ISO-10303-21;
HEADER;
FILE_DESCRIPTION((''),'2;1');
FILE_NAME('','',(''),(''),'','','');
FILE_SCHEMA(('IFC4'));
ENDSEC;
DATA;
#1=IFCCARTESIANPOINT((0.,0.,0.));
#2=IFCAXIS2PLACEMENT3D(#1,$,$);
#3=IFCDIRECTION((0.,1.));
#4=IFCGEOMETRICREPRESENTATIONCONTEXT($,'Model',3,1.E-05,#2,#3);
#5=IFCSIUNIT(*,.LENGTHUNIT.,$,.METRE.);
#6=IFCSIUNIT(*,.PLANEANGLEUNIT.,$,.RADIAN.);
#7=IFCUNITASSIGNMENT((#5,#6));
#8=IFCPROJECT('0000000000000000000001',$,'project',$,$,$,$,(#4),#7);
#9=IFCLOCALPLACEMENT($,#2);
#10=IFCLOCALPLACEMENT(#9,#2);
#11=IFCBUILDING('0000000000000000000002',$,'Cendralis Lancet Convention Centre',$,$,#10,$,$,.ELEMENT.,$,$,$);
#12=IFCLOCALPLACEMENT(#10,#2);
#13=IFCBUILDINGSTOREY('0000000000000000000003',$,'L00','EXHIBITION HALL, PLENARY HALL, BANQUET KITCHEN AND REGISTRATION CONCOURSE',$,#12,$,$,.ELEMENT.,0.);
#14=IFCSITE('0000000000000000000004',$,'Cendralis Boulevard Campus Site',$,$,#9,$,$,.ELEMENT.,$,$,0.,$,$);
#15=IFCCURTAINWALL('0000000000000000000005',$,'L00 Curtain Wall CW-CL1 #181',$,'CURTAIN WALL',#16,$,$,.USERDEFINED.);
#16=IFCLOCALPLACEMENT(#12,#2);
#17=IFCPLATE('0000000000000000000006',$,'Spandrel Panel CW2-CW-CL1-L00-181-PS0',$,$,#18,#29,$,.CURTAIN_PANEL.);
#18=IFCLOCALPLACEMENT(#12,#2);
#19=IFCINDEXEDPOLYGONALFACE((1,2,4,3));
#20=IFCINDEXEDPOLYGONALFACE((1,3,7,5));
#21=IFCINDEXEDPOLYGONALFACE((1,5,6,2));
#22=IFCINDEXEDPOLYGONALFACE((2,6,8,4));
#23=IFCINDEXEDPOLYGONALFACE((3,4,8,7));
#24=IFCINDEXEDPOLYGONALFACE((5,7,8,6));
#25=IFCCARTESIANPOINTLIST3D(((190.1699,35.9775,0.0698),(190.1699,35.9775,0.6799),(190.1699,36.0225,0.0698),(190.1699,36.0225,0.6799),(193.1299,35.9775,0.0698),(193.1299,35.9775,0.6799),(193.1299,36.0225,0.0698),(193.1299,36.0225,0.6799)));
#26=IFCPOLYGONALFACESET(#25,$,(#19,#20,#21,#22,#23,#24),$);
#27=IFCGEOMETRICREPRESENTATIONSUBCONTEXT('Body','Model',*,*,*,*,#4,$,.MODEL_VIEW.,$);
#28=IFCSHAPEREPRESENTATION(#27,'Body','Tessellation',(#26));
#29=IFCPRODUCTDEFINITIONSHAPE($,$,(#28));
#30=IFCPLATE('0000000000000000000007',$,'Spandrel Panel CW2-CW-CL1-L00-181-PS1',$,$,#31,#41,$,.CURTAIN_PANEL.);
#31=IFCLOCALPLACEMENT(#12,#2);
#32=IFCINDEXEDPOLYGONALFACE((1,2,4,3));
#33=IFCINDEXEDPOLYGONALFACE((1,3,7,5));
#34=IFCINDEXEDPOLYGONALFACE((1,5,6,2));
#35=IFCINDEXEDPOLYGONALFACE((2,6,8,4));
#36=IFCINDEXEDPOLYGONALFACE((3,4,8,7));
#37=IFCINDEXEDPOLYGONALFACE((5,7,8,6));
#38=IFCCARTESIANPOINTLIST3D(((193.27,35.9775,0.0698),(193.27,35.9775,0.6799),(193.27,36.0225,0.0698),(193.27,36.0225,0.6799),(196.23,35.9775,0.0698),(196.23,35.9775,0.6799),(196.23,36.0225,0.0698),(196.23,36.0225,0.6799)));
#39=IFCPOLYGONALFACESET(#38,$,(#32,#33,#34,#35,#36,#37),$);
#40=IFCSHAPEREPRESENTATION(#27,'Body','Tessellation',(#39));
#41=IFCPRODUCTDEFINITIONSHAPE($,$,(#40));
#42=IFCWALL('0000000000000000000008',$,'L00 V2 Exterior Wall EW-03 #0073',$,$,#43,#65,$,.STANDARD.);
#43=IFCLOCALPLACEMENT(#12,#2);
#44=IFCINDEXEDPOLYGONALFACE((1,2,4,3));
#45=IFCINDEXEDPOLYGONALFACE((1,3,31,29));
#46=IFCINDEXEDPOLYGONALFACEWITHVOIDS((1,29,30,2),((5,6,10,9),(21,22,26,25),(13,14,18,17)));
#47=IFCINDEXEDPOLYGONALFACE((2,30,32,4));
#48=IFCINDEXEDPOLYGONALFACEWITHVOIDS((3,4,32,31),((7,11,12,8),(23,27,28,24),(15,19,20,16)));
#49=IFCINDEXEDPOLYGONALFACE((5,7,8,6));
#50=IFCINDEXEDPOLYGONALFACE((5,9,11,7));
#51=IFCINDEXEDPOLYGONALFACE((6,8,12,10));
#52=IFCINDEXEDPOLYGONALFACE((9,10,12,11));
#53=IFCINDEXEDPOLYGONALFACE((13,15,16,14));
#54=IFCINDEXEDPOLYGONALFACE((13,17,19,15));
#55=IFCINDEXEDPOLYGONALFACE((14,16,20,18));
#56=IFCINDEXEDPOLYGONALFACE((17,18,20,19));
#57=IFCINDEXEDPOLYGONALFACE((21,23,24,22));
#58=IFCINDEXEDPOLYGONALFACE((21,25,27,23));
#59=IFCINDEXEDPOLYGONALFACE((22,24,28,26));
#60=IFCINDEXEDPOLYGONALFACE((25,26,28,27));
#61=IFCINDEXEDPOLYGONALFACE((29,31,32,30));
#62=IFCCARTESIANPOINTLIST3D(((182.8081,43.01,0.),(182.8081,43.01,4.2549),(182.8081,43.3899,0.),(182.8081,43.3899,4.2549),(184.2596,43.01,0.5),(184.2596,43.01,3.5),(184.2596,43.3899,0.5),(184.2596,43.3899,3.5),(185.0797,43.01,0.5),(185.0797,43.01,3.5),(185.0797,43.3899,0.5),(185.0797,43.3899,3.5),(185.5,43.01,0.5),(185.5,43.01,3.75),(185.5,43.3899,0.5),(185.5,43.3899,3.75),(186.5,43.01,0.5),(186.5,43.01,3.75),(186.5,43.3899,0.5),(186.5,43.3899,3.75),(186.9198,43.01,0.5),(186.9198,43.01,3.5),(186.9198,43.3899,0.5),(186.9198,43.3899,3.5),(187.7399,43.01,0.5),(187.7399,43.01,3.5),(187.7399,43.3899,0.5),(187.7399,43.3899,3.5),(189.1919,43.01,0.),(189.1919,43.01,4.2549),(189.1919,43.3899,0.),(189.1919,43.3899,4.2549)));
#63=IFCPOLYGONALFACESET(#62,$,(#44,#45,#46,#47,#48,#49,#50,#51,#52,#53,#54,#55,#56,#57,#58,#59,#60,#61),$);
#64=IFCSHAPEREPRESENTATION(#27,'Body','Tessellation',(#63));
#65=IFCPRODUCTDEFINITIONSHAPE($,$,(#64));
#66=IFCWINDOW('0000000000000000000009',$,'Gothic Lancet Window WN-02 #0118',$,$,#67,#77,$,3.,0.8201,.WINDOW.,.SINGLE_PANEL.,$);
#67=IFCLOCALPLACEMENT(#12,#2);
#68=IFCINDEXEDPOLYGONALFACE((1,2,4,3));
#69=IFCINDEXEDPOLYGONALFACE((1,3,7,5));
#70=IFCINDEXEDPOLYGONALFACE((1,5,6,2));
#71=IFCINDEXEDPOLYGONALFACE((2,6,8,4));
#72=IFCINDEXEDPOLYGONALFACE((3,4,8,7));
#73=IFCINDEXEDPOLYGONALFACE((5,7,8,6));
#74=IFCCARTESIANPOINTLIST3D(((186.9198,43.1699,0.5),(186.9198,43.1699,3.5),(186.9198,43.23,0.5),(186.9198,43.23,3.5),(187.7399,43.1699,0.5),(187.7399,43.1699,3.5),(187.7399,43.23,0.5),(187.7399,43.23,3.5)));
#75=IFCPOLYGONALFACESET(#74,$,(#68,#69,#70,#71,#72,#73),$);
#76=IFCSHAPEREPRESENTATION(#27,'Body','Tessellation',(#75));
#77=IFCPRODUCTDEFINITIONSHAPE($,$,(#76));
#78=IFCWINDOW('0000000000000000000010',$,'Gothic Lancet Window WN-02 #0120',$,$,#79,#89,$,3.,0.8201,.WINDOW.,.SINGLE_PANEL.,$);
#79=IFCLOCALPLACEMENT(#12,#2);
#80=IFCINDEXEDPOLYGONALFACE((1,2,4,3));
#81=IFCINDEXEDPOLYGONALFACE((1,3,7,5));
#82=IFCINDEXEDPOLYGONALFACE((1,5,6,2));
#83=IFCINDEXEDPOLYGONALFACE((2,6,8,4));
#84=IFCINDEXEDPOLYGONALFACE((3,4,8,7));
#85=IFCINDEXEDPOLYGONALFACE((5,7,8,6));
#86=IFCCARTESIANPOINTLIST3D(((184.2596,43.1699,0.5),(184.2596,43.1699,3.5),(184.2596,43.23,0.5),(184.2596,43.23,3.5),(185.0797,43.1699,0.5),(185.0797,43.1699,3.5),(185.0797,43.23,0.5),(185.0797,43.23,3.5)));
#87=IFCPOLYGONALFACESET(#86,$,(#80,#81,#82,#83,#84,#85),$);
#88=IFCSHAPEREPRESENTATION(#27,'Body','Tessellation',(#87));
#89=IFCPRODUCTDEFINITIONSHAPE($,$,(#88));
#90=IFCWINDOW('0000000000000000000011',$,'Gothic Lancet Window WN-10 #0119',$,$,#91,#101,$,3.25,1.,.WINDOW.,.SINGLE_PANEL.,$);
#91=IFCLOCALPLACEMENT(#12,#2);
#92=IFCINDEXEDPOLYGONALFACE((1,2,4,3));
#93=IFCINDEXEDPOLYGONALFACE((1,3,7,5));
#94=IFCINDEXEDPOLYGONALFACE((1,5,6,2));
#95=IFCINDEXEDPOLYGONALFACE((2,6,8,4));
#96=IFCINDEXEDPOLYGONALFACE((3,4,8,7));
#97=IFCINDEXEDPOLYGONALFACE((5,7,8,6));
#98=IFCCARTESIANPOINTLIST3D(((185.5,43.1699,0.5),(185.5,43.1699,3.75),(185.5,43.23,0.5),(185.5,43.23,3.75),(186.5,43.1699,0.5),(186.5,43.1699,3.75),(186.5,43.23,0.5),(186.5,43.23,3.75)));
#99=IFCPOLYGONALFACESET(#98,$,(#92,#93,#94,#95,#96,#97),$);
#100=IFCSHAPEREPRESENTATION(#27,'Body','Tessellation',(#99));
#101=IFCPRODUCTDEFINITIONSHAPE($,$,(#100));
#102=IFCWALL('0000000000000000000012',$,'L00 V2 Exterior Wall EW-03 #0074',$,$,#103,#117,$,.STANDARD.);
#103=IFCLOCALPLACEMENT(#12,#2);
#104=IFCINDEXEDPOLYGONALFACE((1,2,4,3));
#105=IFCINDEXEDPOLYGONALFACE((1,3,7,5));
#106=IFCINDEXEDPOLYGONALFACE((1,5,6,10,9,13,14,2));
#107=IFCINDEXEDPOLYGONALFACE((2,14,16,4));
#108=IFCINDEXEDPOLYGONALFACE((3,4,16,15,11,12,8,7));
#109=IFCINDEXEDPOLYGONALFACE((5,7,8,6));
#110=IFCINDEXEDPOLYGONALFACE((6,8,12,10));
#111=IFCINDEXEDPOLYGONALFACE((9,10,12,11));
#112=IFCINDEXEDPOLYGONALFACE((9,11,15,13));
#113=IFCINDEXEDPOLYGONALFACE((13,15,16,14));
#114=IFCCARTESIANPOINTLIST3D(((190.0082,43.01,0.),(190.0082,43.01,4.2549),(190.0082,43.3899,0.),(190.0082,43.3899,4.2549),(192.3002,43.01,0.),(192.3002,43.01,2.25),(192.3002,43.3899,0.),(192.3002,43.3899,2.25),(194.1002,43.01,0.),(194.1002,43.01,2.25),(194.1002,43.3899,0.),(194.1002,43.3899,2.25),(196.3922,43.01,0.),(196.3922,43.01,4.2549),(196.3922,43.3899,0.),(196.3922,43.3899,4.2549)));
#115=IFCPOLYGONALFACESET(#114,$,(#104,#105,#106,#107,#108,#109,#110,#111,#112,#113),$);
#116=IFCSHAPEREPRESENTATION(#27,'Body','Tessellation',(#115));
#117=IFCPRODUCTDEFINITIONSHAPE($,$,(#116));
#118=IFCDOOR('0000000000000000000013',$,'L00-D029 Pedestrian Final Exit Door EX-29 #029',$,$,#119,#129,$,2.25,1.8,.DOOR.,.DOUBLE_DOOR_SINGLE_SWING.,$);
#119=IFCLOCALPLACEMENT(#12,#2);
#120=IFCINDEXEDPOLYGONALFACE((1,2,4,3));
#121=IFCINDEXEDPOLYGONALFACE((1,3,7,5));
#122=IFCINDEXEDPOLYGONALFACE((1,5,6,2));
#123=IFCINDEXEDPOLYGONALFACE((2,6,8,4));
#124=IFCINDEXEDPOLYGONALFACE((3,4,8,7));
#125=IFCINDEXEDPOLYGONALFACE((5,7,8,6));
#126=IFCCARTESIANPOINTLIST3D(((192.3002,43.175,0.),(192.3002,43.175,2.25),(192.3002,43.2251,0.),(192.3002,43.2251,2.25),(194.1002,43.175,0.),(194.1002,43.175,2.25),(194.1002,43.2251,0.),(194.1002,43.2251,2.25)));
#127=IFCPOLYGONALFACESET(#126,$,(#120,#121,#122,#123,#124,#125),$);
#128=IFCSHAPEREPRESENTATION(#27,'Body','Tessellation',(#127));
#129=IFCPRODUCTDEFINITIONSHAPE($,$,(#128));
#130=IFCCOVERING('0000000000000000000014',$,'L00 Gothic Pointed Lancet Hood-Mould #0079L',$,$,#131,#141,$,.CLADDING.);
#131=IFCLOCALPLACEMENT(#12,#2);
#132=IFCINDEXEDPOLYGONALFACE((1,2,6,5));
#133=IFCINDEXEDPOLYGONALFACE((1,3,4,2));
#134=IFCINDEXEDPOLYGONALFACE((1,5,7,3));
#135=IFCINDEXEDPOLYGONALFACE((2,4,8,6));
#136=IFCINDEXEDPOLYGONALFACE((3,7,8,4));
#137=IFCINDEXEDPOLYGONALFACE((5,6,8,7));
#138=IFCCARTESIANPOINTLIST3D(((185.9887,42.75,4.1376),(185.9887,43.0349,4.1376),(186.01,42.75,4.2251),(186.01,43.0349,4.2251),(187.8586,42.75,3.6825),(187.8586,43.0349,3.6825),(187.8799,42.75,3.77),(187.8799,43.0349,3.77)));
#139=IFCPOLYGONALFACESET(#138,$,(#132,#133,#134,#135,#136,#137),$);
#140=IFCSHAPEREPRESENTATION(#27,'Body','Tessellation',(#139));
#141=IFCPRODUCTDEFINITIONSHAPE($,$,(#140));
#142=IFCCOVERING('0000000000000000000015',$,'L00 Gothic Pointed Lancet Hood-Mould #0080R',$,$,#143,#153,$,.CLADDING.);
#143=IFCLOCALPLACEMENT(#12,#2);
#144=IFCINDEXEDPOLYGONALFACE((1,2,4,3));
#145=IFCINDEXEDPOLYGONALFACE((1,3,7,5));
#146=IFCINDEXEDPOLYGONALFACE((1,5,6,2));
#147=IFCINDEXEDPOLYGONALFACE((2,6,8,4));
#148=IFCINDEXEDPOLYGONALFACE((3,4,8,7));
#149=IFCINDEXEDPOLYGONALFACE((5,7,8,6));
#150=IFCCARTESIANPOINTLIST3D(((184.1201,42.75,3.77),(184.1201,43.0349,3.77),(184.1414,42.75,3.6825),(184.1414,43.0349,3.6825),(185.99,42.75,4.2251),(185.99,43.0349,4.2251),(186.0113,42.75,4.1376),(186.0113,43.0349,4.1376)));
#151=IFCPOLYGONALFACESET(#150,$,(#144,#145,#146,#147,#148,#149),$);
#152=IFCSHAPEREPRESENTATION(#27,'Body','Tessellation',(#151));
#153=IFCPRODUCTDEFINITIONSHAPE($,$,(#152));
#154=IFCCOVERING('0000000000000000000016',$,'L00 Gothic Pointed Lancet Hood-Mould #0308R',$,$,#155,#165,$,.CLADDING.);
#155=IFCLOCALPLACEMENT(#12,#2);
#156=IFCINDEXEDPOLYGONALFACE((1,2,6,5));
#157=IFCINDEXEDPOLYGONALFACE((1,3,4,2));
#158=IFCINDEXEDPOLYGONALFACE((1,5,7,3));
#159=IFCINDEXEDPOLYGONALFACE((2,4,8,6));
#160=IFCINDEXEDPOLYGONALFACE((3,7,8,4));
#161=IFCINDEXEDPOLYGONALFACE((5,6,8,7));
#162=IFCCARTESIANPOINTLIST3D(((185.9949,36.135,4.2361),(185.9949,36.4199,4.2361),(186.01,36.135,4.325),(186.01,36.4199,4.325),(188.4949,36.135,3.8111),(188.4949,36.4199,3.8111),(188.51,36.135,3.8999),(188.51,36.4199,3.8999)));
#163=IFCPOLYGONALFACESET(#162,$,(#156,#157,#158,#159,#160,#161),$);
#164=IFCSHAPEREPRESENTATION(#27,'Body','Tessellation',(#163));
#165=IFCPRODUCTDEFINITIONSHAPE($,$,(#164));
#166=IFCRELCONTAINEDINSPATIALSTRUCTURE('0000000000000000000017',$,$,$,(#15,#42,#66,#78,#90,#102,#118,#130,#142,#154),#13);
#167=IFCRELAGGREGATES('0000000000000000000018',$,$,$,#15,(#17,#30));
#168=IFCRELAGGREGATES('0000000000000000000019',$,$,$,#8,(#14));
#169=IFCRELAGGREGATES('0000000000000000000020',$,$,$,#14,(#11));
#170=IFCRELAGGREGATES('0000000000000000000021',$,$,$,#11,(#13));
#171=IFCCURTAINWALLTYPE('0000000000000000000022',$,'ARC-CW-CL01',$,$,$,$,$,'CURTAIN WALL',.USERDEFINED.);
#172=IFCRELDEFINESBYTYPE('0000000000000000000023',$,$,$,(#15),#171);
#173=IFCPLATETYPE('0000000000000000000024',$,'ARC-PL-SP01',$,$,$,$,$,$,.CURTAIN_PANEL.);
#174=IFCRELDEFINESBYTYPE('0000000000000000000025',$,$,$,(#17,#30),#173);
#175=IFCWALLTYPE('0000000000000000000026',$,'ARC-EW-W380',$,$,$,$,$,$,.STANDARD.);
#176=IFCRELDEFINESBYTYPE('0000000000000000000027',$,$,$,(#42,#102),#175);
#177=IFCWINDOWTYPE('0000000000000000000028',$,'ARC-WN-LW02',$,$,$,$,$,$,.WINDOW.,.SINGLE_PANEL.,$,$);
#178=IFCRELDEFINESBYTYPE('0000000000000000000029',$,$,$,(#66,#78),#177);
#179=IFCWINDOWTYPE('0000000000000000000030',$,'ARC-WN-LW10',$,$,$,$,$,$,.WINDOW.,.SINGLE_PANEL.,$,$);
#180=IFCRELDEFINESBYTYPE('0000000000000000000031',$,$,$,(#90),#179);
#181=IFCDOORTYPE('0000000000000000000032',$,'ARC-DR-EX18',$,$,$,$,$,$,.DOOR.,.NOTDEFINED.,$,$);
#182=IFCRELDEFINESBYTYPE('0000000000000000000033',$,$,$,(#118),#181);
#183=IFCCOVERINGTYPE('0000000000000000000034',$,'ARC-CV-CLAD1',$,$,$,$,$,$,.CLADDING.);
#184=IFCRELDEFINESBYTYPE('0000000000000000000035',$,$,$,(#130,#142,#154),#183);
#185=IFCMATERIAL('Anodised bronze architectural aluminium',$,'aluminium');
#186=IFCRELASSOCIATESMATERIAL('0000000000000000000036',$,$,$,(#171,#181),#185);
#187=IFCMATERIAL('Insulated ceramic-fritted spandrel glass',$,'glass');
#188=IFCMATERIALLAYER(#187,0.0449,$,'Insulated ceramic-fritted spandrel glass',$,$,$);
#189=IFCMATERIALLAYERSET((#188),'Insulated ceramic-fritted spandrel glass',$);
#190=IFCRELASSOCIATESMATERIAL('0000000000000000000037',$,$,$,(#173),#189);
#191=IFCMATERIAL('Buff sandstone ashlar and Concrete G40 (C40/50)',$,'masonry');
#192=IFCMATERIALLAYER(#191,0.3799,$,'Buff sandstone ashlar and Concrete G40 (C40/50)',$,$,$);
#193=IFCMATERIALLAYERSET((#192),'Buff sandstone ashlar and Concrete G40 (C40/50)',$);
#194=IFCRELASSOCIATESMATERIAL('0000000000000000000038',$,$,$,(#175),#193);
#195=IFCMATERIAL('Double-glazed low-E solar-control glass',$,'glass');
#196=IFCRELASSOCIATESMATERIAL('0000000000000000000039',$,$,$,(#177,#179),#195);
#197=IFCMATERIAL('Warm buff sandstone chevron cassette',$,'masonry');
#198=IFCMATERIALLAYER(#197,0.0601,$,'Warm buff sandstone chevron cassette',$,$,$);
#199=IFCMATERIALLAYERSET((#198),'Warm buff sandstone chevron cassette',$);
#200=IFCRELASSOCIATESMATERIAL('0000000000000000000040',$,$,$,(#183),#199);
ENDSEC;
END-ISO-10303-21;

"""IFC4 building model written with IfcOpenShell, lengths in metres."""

from ifc_helpers import new_model, si_unit, direction, frame, frame_2d, origin, origin_2d, place, context, subcontext, project, spatial, polyline, rectangle, outline, extrude, material, layer, layer_set, type_object, element, fill, aggregate, save


model = new_model("IFC4")

# Units and contexts
model_context = context("Model", 3, precision=1e-05, world=origin(), true_north=direction((0.0, 1.0)))
body_context = subcontext(model_context, "Body", "Model", "MODEL_VIEW")
ifc_project = project(units=[si_unit("LENGTHUNIT", "METRE"), si_unit("PLANEANGLEUNIT", "RADIAN")], contexts=[model_context])

# Site, building, storey
site_placement = place(None, origin())
site = spatial("IfcSite", under=ifc_project, at=site_placement, Name="Cendralis Boulevard Campus Site", CompositionType="ELEMENT", RefElevation=0.0)
building_placement = place(site_placement, origin())
building = spatial("IfcBuilding", under=site, at=building_placement, Name="Cendralis Lancet Convention Centre", CompositionType="ELEMENT")
storey_placement = place(building_placement, origin())
storey = spatial("IfcBuildingStorey", under=building, at=storey_placement, Name="L00", Description="EXHIBITION HALL, PLENARY HALL, BANQUET KITCHEN AND REGISTRATION CONCOURSE", CompositionType="ELEMENT", Elevation=0.0)

# Curtain wall
ifc_material_1 = material(Name="Anodised bronze architectural aluminium", Category="aluminium")
curtain_wall_type = type_object("IfcCurtainWallType", Name="ARC-CW-CL01", ElementType="CURTAIN WALL", PredefinedType="USERDEFINED", material=ifc_material_1)
curtain_wall_placement = place(storey_placement, origin())
curtain_wall = element("IfcCurtainWall", 1, at=curtain_wall_placement, inside=storey, type_object=curtain_wall_type, Name="L00 Curtain Wall CW-CL1 #181", ObjectType="CURTAIN WALL", PredefinedType="USERDEFINED")

# Plates
ifc_material_2 = material(Name="Double-glazed low-E solar-control glass", Category="glass")
ifc_material_3 = material(Name="Insulated ceramic-fritted spandrel glass", Category="glass")
ifc_layer_1 = layer(ifc_material_3, 0.0449, Name="Insulated ceramic-fritted spandrel glass")
ifc_layer_set_1 = layer_set([ifc_layer_1], Name="Insulated ceramic-fritted spandrel glass")
plate_type_1 = type_object("IfcPlateType", Name="ARC-PL-SP01", PredefinedType="CURTAIN_PANEL", material=ifc_layer_set_1)
plate_1_placement = place(storey_placement, frame((191.6499, 36.0, 0.0698), z_axis=(0.0, 0.0, 1.0), x_axis=(1.0, 0.0, 0.0)))
plate_1 = element("IfcPlate", 2, at=plate_1_placement, type_object=plate_type_1, Name="Spandrel Panel CW2-CW-CL1-L00-181-PS0", PredefinedType="CURTAIN_PANEL", context=body_context, shape_type="SweptSolid", body=[
    extrude(rectangle(XDim=2.96, YDim=0.0449, at=origin_2d()), origin(), (0.0, 0.0, 1.0), 0.6101),
])
plate_2_placement = place(storey_placement, frame((194.75, 36.0, 0.0698), z_axis=(0.0, 0.0, 1.0), x_axis=(1.0, 0.0, 0.0)))
plate_2 = element("IfcPlate", 3, at=plate_2_placement, type_object=plate_type_1, Name="Spandrel Panel CW2-CW-CL1-L00-181-PS1", PredefinedType="CURTAIN_PANEL", context=body_context, shape_type="SweptSolid", body=[
    extrude(rectangle(XDim=2.96, YDim=0.0449, at=origin_2d()), origin(), (0.0, 0.0, 1.0), 0.6101),
])
aggregate(curtain_wall, [plate_1, plate_2])

# Wall, openings, windows
ifc_material_4 = material(Name="Buff sandstone ashlar and Concrete G40 (C40/50)", Category="masonry")
ifc_layer_2 = layer(ifc_material_4, 0.3799, Name="Buff sandstone ashlar and Concrete G40 (C40/50)")
ifc_layer_set_2 = layer_set([ifc_layer_2], Name="Buff sandstone ashlar and Concrete G40 (C40/50)")
wall_type = type_object("IfcWallType", Name="ARC-EW-W380", PredefinedType="STANDARD", material=ifc_layer_set_2)
wall_1_placement = place(storey_placement, frame((189.1919, 43.2, 0.0), z_axis=(0.0, 0.0, 1.0), x_axis=(-1.0, 0.0, 0.0)))
wall_1 = element("IfcWall", 4, at=wall_1_placement, inside=storey, type_object=wall_type, Name="L00 V2 Exterior Wall EW-03 #0073", PredefinedType="STANDARD", context=body_context, shape_type="SweptSolid", body=[
    extrude(rectangle(XDim=6.3838, YDim=0.3799, at=frame_2d((3.1919, 0.0))), origin(), (0.0, 0.0, 1.0), 4.2549),
])
opening_1_placement = place(wall_1_placement, frame((1.4519, 0.0, 0.5)))
opening_1 = element("IfcOpeningElement", 5, at=opening_1_placement, cuts=wall_1, PredefinedType="OPENING", context=body_context, shape_type="SweptSolid", body=[
    extrude(rectangle(XDim=0.8201, YDim=3.0, at=frame_2d((0.4102, 1.5))), frame((0.0, 0.2, 0.0), z_axis=(0.0, -1.0, 0.0), x_axis=(1.0, 0.0, 0.0)), (0.0, 0.0, 1.0), 0.3999),
])
opening_2_placement = place(wall_1_placement, frame((2.6919, 0.0, 0.5)))
opening_2 = element("IfcOpeningElement", 6, at=opening_2_placement, cuts=wall_1, PredefinedType="OPENING", context=body_context, shape_type="SweptSolid", body=[
    extrude(rectangle(XDim=1.0, YDim=3.25, at=frame_2d((0.5, 1.625))), frame((0.0, 0.2, 0.0), z_axis=(0.0, -1.0, 0.0), x_axis=(1.0, 0.0, 0.0)), (0.0, 0.0, 1.0), 0.3999),
])
opening_3_placement = place(wall_1_placement, frame((4.1121, 0.0, 0.5)))
opening_3 = element("IfcOpeningElement", 7, at=opening_3_placement, cuts=wall_1, PredefinedType="OPENING", context=body_context, shape_type="SweptSolid", body=[
    extrude(rectangle(XDim=0.8201, YDim=3.0, at=frame_2d((0.4102, 1.5))), frame((0.0, 0.2, 0.0), z_axis=(0.0, -1.0, 0.0), x_axis=(1.0, 0.0, 0.0)), (0.0, 0.0, 1.0), 0.3999),
])
window_type_1 = type_object("IfcWindowType", Name="ARC-WN-LW02", PartitioningType="SINGLE_PANEL", PredefinedType="WINDOW", material=ifc_material_2)
window_1_placement = place(opening_1_placement, origin())
window_1 = element("IfcWindow", 8, at=window_1_placement, inside=storey, type_object=window_type_1, Name="Gothic Lancet Window WN-02 #0118", OverallHeight=3.0, OverallWidth=0.8201, PartitioningType="SINGLE_PANEL", PredefinedType="WINDOW", context=body_context, shape_type="SweptSolid", body=[
    extrude(rectangle(XDim=0.8201, YDim=3.0, at=frame_2d((0.4102, 1.5))), frame((0.0, 0.03, 0.0), z_axis=(0.0, -1.0, 0.0), x_axis=(1.0, 0.0, 0.0)), (0.0, 0.0, 1.0), 0.0601),
])
fill(opening_1, window_1)
window_2_placement = place(opening_3_placement, origin())
window_2 = element("IfcWindow", 9, at=window_2_placement, inside=storey, type_object=window_type_1, Name="Gothic Lancet Window WN-02 #0120", OverallHeight=3.0, OverallWidth=0.8201, PartitioningType="SINGLE_PANEL", PredefinedType="WINDOW", context=body_context, shape_type="SweptSolid", body=[
    extrude(rectangle(XDim=0.8201, YDim=3.0, at=frame_2d((0.4102, 1.5))), frame((0.0, 0.03, 0.0), z_axis=(0.0, -1.0, 0.0), x_axis=(1.0, 0.0, 0.0)), (0.0, 0.0, 1.0), 0.0601),
])
fill(opening_3, window_2)
window_type_2 = type_object("IfcWindowType", Name="ARC-WN-LW10", PartitioningType="SINGLE_PANEL", PredefinedType="WINDOW", material=ifc_material_2)
window_3_placement = place(opening_2_placement, origin())
window_3 = element("IfcWindow", 10, at=window_3_placement, inside=storey, type_object=window_type_2, Name="Gothic Lancet Window WN-10 #0119", OverallHeight=3.25, OverallWidth=1.0, PartitioningType="SINGLE_PANEL", PredefinedType="WINDOW", context=body_context, shape_type="SweptSolid", body=[
    extrude(rectangle(XDim=1.0, YDim=3.25, at=frame_2d((0.5, 1.625))), frame((0.0, 0.03, 0.0), z_axis=(0.0, -1.0, 0.0), x_axis=(1.0, 0.0, 0.0)), (0.0, 0.0, 1.0), 0.0601),
])
fill(opening_2, window_3)

# Wall, opening, door
wall_2_placement = place(storey_placement, frame((196.3921, 43.2, 0.0), z_axis=(0.0, 0.0, 1.0), x_axis=(-1.0, 0.0, 0.0)))
wall_2 = element("IfcWall", 11, at=wall_2_placement, inside=storey, type_object=wall_type, Name="L00 V2 Exterior Wall EW-03 #0074", PredefinedType="STANDARD", context=body_context, shape_type="SweptSolid", body=[
    extrude(rectangle(XDim=6.384, YDim=0.3799, at=frame_2d((3.1919, 0.0))), origin(), (0.0, 0.0, 1.0), 4.2549),
])
opening_4_placement = place(wall_2_placement, frame((2.292, 0.0, 0.0)))
opening_4 = element("IfcOpeningElement", 12, at=opening_4_placement, cuts=wall_2, PredefinedType="OPENING", context=body_context, shape_type="SweptSolid", body=[
    extrude(rectangle(XDim=1.8, YDim=2.25, at=frame_2d((0.8999, 1.125))), frame((0.0, 0.2, 0.0), z_axis=(0.0, -1.0, 0.0), x_axis=(1.0, 0.0, 0.0)), (0.0, 0.0, 1.0), 0.3999),
])
door_type = type_object("IfcDoorType", Name="ARC-DR-EX18", OperationType="NOTDEFINED", PredefinedType="DOOR", material=ifc_material_1)
door_placement = place(opening_4_placement, origin())
door = element("IfcDoor", 13, at=door_placement, inside=storey, type_object=door_type, Name="L00-D029 Pedestrian Final Exit Door EX-29 #029", OperationType="DOUBLE_DOOR_SINGLE_SWING", OverallHeight=2.25, OverallWidth=1.8, PredefinedType="DOOR", context=body_context, shape_type="SweptSolid", body=[
    extrude(rectangle(XDim=1.8, YDim=2.25, at=frame_2d((0.8999, 1.125))), frame((0.0, 0.0249, 0.0), z_axis=(0.0, -1.0, 0.0), x_axis=(1.0, 0.0, 0.0)), (0.0, 0.0, 1.0), 0.05),
])
fill(opening_4, door)

# Coverings
ifc_material_5 = material(Name="Warm buff sandstone chevron cassette", Category="masonry")
ifc_layer_3 = layer(ifc_material_5, 0.0601, Name="Warm buff sandstone chevron cassette")
ifc_layer_set_3 = layer_set([ifc_layer_3], Name="Warm buff sandstone chevron cassette")
covering_type = type_object("IfcCoveringType", Name="ARC-CV-CLAD1", PredefinedType="CLADDING", material=ifc_layer_set_3)
for number, where, z_axis, x_axis, name in (
    (14, (187.8799, 42.75, 3.77), (0.236471, 0.0, 0.971638), (0.0, 1.0, 0.0), "L00 Gothic Pointed Lancet Hood-Mould #0079L"),
    (15, (185.99, 42.75, 4.2251), (-0.236471, 0.0, 0.971638), (0.0, 1.0, 0.0), "L00 Gothic Pointed Lancet Hood-Mould #0080R"),
):
    element("IfcCovering", number, at=place(storey_placement, frame(where, z_axis=z_axis, x_axis=x_axis)), inside=storey, type_object=covering_type, Name=name, PredefinedType="CLADDING", context=body_context, shape_type="SweptSolid", body=[
        extrude(outline(polyline([(0.0, 0.0), (0.2849, 0.0), (0.2849, 1.9245), (0.0, 1.9245), (0.0, 0.0)])), origin(), (0.0, 0.0, -1.0), 0.0901),
    ])
covering_placement = place(storey_placement, frame((186.01, 36.4199, 4.325), z_axis=(0.167614, 0.0, 0.985853), x_axis=(0.0, -1.0, 0.0)))
element("IfcCovering", 16, at=covering_placement, inside=storey, type_object=covering_type, Name="L00 Gothic Pointed Lancet Hood-Mould #0308R", PredefinedType="CLADDING", context=body_context, shape_type="SweptSolid", body=[
    extrude(outline(polyline([(0.0, 0.0), (0.2849, 0.0), (0.2849, 2.5359), (0.0, 2.5359), (0.0, 0.0)])), origin(), (0.0, 0.0, -1.0), 0.0901),
])

save(model, "model.ifc")
